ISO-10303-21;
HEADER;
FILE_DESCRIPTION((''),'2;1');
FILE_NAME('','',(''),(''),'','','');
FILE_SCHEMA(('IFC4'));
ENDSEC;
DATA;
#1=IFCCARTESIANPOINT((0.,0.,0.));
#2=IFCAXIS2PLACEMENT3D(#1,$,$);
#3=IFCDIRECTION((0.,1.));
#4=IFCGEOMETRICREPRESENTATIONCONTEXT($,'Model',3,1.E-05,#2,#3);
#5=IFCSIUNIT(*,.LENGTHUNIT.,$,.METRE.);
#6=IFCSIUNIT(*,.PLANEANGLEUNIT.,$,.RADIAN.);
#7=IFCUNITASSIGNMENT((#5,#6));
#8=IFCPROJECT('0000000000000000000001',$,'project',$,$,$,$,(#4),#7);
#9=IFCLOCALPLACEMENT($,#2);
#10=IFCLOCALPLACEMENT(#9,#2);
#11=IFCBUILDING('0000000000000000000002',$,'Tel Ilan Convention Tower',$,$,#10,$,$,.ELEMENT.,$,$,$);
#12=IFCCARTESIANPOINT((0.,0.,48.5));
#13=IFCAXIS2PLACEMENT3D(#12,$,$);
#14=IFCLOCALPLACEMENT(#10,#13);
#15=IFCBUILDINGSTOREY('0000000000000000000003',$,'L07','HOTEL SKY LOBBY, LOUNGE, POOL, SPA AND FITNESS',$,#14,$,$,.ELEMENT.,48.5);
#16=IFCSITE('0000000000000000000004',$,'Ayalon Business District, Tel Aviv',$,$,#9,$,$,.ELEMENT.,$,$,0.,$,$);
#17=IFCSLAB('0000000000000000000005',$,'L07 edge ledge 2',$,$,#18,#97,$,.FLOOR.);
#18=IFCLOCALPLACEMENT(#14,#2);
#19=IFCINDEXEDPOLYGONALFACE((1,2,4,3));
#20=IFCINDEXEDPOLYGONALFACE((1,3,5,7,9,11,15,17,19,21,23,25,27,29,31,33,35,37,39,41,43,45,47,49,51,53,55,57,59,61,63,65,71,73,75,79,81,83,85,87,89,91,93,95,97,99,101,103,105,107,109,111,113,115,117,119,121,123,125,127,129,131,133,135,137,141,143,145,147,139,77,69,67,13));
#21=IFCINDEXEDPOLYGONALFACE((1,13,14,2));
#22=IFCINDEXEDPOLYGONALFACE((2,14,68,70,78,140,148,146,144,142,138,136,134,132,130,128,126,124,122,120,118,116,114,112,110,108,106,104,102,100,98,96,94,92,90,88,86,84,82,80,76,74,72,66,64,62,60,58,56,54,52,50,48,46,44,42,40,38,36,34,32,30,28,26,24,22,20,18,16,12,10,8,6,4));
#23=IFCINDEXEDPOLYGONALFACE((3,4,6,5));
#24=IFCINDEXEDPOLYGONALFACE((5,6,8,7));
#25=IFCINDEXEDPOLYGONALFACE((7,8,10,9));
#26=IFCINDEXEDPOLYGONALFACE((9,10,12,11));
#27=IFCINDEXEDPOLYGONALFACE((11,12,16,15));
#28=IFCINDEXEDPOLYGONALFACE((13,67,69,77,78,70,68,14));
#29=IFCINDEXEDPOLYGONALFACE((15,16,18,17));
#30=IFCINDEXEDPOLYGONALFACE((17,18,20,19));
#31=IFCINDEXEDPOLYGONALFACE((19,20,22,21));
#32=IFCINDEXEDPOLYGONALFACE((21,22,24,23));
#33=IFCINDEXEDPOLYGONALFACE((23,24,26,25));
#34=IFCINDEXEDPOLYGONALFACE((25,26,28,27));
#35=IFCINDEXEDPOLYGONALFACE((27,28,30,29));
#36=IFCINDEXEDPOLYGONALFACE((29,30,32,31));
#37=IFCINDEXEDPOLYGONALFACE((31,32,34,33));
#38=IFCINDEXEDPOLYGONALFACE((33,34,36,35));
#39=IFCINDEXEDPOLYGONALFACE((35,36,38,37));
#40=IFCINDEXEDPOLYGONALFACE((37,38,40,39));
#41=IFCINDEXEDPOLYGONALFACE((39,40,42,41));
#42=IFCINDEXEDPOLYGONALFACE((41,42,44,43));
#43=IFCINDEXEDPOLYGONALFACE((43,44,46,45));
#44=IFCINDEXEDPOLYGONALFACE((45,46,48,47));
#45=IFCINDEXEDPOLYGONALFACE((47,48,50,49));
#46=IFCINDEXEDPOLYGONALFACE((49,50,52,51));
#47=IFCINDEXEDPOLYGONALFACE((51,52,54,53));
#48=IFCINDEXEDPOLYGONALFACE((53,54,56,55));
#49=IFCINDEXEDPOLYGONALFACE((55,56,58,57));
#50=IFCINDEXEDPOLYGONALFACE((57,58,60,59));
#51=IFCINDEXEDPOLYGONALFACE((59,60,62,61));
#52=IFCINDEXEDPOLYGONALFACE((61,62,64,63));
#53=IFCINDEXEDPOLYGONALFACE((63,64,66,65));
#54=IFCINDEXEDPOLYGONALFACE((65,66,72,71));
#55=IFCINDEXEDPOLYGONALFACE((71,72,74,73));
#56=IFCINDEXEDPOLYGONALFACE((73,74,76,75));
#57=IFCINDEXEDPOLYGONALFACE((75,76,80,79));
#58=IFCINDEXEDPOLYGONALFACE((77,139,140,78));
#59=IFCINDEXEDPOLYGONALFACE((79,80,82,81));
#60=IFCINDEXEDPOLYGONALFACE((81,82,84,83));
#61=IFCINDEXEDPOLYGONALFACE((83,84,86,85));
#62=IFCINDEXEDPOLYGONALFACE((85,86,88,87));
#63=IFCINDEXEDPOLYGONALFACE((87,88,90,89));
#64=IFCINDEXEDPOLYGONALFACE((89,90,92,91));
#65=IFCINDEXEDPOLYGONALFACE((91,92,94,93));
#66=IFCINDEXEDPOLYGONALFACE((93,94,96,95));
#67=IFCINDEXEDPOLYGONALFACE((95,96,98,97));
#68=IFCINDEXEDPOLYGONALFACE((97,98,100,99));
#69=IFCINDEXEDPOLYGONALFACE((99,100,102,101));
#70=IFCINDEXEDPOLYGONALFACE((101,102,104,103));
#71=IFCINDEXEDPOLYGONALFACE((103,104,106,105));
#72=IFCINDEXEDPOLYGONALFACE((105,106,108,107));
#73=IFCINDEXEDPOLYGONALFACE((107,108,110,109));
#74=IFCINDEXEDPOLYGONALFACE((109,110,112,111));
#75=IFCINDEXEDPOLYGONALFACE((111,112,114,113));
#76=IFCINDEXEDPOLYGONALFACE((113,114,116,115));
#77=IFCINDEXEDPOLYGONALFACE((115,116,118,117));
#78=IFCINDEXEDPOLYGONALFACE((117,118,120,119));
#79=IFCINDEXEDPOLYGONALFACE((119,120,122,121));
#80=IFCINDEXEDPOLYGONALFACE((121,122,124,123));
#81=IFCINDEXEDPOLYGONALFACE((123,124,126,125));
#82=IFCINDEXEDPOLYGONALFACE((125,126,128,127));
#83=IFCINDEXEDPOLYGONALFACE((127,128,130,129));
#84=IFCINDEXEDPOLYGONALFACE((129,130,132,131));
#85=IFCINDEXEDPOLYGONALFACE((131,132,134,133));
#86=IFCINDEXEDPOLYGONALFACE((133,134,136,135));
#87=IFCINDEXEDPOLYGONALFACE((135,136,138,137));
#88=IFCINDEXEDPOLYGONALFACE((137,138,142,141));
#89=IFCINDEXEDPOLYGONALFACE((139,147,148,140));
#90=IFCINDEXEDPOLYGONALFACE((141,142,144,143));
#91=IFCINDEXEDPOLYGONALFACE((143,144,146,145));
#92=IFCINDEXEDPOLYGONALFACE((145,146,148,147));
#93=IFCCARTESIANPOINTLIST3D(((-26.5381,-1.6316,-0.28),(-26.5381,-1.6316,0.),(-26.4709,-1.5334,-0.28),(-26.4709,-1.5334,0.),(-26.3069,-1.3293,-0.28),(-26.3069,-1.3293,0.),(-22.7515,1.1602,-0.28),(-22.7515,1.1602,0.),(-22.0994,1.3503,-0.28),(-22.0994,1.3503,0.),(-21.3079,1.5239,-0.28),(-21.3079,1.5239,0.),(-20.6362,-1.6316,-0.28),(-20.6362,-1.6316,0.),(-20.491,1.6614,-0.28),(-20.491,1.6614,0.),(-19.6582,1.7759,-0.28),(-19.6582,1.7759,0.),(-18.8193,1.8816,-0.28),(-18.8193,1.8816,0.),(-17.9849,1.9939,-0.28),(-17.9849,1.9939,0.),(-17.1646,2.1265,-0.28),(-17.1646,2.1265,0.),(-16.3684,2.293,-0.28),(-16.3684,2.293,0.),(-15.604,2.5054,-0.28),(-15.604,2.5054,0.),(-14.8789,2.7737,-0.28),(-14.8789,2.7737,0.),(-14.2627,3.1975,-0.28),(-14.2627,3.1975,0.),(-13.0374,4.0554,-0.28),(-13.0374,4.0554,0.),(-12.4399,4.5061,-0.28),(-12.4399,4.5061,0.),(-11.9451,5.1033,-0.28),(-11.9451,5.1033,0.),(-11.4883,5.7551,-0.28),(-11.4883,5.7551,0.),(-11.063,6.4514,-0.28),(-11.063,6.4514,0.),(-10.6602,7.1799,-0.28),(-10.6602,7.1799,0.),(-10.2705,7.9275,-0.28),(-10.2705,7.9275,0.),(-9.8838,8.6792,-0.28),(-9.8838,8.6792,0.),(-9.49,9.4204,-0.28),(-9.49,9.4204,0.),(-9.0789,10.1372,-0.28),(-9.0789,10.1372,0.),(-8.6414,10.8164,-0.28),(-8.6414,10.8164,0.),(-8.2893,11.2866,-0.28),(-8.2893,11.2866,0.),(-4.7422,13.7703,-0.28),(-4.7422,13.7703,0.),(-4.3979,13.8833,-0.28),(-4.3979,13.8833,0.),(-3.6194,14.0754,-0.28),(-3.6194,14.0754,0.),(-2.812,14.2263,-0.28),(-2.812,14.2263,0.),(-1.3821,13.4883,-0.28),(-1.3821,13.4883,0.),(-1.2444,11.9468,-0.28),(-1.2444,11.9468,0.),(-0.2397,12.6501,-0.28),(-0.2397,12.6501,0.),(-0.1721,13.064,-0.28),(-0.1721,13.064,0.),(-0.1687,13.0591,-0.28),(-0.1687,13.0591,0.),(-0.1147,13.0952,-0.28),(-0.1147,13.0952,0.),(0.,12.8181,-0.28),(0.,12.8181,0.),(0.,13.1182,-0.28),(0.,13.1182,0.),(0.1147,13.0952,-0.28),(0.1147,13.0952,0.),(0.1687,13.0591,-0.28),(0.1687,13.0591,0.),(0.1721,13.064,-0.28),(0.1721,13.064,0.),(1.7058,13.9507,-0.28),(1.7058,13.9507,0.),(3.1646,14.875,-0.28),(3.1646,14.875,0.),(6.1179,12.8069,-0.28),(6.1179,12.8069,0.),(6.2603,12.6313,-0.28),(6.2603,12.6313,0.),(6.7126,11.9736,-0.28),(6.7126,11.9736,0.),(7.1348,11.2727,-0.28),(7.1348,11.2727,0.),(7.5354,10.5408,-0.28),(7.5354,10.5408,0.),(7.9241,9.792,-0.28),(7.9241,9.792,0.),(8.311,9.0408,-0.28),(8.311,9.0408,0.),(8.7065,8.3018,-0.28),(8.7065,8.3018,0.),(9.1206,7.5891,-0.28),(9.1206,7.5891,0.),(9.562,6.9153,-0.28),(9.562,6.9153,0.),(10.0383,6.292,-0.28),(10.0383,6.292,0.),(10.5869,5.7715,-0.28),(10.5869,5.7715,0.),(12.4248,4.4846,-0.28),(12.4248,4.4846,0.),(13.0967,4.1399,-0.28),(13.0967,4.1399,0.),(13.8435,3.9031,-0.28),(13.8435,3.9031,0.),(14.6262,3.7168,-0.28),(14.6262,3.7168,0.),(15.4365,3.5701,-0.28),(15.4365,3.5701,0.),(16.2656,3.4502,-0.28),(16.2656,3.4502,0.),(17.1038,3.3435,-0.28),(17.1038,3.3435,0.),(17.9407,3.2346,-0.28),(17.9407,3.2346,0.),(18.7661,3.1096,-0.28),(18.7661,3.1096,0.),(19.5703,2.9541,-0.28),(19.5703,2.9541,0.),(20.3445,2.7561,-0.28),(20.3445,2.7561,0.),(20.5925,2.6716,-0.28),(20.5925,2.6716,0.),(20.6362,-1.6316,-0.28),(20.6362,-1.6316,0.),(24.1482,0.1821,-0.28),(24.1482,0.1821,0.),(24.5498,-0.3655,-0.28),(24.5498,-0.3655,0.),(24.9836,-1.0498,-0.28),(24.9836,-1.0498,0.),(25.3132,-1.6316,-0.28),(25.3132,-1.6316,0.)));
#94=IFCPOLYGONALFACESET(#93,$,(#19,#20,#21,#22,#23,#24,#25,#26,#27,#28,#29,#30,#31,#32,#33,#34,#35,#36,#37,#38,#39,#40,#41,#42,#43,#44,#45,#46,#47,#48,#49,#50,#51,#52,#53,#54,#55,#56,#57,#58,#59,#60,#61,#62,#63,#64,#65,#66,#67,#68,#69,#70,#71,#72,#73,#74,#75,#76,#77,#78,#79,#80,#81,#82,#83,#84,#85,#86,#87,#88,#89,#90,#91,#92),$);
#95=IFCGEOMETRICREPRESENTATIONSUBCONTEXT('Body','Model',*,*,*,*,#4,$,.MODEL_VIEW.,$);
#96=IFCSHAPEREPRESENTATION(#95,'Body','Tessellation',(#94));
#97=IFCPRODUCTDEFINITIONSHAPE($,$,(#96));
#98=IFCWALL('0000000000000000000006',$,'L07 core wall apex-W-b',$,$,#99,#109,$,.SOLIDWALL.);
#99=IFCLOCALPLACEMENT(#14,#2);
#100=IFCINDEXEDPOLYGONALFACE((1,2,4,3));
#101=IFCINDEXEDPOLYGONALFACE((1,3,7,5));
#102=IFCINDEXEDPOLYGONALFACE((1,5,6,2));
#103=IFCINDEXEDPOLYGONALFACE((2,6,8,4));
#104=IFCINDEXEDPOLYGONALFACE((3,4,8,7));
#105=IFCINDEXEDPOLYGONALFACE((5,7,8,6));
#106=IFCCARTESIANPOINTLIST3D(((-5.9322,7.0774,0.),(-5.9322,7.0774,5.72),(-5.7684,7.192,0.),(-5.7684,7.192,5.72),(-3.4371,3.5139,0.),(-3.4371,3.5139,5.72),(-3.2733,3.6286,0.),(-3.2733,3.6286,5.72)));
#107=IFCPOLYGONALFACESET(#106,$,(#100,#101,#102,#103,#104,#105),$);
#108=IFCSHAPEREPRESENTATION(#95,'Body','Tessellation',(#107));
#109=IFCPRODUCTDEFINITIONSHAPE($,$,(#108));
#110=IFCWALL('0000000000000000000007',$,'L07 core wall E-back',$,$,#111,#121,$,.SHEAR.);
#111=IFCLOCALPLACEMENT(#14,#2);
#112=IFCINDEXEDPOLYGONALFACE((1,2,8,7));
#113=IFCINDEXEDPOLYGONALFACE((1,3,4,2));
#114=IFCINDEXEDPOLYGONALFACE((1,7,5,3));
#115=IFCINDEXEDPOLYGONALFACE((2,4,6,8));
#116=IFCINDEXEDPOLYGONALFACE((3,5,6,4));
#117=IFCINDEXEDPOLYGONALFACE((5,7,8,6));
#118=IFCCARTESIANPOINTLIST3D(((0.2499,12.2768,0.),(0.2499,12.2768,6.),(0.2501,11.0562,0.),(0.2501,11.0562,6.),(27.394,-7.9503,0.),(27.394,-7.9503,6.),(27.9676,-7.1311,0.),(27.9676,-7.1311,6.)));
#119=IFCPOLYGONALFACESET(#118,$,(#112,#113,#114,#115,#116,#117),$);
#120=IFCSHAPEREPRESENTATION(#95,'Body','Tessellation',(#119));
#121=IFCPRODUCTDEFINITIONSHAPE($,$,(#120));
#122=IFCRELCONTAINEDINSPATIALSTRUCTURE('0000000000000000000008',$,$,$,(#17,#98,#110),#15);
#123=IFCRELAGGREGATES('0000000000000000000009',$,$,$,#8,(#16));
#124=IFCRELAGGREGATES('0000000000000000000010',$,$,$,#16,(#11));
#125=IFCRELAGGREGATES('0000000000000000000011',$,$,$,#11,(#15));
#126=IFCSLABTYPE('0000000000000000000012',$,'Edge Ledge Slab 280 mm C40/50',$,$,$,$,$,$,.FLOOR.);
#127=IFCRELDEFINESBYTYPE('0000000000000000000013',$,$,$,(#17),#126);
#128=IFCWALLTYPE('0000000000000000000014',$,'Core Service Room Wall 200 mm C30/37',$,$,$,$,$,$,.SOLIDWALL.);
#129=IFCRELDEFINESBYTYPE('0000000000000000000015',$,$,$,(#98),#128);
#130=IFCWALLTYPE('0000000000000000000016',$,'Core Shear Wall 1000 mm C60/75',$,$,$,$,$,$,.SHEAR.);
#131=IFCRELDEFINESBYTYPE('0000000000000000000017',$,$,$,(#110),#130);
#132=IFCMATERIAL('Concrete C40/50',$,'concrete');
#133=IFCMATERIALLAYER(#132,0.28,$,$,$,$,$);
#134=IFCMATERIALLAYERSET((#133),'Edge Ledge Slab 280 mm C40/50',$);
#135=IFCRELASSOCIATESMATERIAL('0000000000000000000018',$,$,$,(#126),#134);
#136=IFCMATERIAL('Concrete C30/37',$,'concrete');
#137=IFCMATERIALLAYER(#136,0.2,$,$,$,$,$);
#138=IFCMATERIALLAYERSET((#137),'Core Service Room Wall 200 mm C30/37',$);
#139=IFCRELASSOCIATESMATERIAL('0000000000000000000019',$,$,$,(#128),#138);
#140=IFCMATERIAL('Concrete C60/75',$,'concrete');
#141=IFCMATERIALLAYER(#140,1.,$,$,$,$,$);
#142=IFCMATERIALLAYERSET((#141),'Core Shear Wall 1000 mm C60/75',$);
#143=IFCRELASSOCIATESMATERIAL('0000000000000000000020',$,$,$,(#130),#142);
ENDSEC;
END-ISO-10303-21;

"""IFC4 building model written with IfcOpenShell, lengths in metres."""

from ifc_helpers import new_model, si_unit, direction, frame, frame_2d, origin, place, context, subcontext, project, spatial, polyline, rectangle, outline, extrude, material, layer, layer_set, type_object, element, save


model = new_model("IFC4")

# Units and contexts
model_context = context("Model", 3, precision=1e-05, world=origin(), true_north=direction((0.0, 1.0)))
body_context = subcontext(model_context, "Body", "Model", "MODEL_VIEW")
ifc_project = project(units=[si_unit("LENGTHUNIT", "METRE"), si_unit("PLANEANGLEUNIT", "RADIAN")], contexts=[model_context])

# Site, building, storey
site_placement = place(None, origin())
site = spatial("IfcSite", under=ifc_project, at=site_placement, Name="Ayalon Business District, Tel Aviv", CompositionType="ELEMENT", RefElevation=0.0)
building_placement = place(site_placement, origin())
building = spatial("IfcBuilding", under=site, at=building_placement, Name="Tel Ilan Convention Tower", CompositionType="ELEMENT")
storey_placement = place(building_placement, frame((0.0, 0.0, 48.5)))
storey = spatial("IfcBuildingStorey", under=building, at=storey_placement, Name="L07", Description="HOTEL SKY LOBBY, LOUNGE, POOL, SPA AND FITNESS", CompositionType="ELEMENT", Elevation=48.5)

# Slab
ifc_material_1 = material(Name="Concrete C40/50", Category="concrete")
ifc_layer_1 = layer(ifc_material_1, 0.28)
ifc_layer_set_1 = layer_set([ifc_layer_1], Name="Edge Ledge Slab 280 mm C40/50")
slab_type_1 = type_object("IfcSlabType", Name="Edge Ledge Slab 280 mm C40/50", PredefinedType="FLOOR", material=ifc_layer_set_1)
slab_1_placement = place(storey_placement, frame((0.0, 0.0, -0.28)))
element("IfcSlab", 1, at=slab_1_placement, inside=storey, type_object=slab_type_1, Name="L07 edge ledge 2", PredefinedType="FLOOR", context=body_context, shape_type="SweptSolid", body=[
    extrude(outline(polyline([(-22.0994, 1.3503), (-21.3079, 1.5239), (-20.491, 1.6614), (-19.6582, 1.7759), (-18.8193, 1.8816), (-17.9849, 1.9939), (-17.1646, 2.1265), (-16.3684, 2.293), (-15.604, 2.5054), (-14.8789, 2.7737), (-14.2627, 3.1975), (-13.0374, 4.0554), (-12.4399, 4.5061), (-11.9451, 5.1033), (-11.4883, 5.7551), (-11.063, 6.4514), (-10.6602, 7.1799), (-10.2705, 7.9275), (-9.8838, 8.6792), (-9.49, 9.4204), (-9.0789, 10.1372), (-8.6414, 10.8164), (-8.2893, 11.2866), (-4.7422, 13.7703), (-4.3979, 13.8833), (-3.6194, 14.0754), (-2.812, 14.2263), (-1.3821, 13.4883), (-0.1721, 13.064), (-0.1687, 13.0591), (-0.1147, 13.0952), (0.0, 13.1182), (0.1147, 13.0952), (0.1687, 13.0591), (0.1721, 13.064), (1.7058, 13.9507), (3.1646, 14.875), (6.1179, 12.8069), (6.2603, 12.6313), (6.7126, 11.9736), (7.1348, 11.2727), (7.5354, 10.5408), (7.9241, 9.792), (8.311, 9.0408), (8.7065, 8.3018), (9.1206, 7.5891), (9.562, 6.9153), (10.0383, 6.292), (10.5869, 5.7715), (12.4248, 4.4846), (13.0967, 4.1399), (13.8435, 3.9031), (14.6262, 3.7168), (15.4365, 3.5701), (16.2656, 3.4502), (17.1038, 3.3435), (17.9407, 3.2346), (18.7661, 3.1096), (19.5703, 2.9541), (20.3445, 2.7561), (20.5925, 2.6716), (24.1482, 0.1821), (24.5498, -0.3655), (24.9836, -1.0498), (25.3132, -1.6316), (20.6362, -1.6316), (0.0, 12.8181), (-0.2397, 12.6501), (-1.2444, 11.9468), (-20.6362, -1.6316), (-26.5381, -1.6316), (-26.4709, -1.5334), (-26.3069, -1.3293), (-22.7515, 1.1602), (-22.0994, 1.3503)])), origin(), (0.0, 0.0, 1.0), 0.28),
])

# Walls
ifc_material_2 = material(Name="Concrete C30/37", Category="concrete")
ifc_layer_2 = layer(ifc_material_2, 0.2)
ifc_layer_set_2 = layer_set([ifc_layer_2], Name="Core Service Room Wall 200 mm C30/37")
wall_type_1 = type_object("IfcWallType", Name="Core Service Room Wall 200 mm C30/37", PredefinedType="SOLIDWALL", material=ifc_layer_set_2)
wall_1_placement = place(storey_placement, frame((-3.3552, 3.5713, 0.0), z_axis=(0.0, 0.0, 1.0), x_axis=(-0.573568, 0.819158, 0.0)))
element("IfcWall", 2, at=wall_1_placement, inside=storey, type_object=wall_type_1, Name="L07 core wall apex-W-b", PredefinedType="SOLIDWALL", context=body_context, shape_type="SweptSolid", body=[
    extrude(rectangle(XDim=4.3501, YDim=0.2, at=frame_2d((2.175, 0.0))), origin(), (0.0, 0.0, 1.0), 5.72),
])
ifc_material_3 = material(Name="Concrete C60/75", Category="concrete")
ifc_layer_3 = layer(ifc_material_3, 1.0)
ifc_layer_set_3 = layer_set([ifc_layer_3], Name="Core Shear Wall 1000 mm C60/75")
wall_type_2 = type_object("IfcWallType", Name="Core Shear Wall 1000 mm C60/75", PredefinedType="SHEAR", material=ifc_layer_set_3)
wall_2_placement = place(storey_placement, frame((-0.0369, 11.8672, 0.0), z_axis=(0.0, 0.0, 1.0), x_axis=(0.819155, -0.573572, 0.0)))
element("IfcWall", 3, at=wall_2_placement, inside=storey, type_object=wall_type_2, Name="L07 core wall E-back", PredefinedType="SHEAR", context=body_context, shape_type="SweptSolid", body=[
    extrude(outline(polyline([(33.8369, 0.5), (0.0, 0.5), (0.7002, -0.4998), (33.8369, -0.5), (33.8369, 0.5)])), origin(), (0.0, 0.0, 1.0), 6.0),
])

save(model, "model.ifc")
